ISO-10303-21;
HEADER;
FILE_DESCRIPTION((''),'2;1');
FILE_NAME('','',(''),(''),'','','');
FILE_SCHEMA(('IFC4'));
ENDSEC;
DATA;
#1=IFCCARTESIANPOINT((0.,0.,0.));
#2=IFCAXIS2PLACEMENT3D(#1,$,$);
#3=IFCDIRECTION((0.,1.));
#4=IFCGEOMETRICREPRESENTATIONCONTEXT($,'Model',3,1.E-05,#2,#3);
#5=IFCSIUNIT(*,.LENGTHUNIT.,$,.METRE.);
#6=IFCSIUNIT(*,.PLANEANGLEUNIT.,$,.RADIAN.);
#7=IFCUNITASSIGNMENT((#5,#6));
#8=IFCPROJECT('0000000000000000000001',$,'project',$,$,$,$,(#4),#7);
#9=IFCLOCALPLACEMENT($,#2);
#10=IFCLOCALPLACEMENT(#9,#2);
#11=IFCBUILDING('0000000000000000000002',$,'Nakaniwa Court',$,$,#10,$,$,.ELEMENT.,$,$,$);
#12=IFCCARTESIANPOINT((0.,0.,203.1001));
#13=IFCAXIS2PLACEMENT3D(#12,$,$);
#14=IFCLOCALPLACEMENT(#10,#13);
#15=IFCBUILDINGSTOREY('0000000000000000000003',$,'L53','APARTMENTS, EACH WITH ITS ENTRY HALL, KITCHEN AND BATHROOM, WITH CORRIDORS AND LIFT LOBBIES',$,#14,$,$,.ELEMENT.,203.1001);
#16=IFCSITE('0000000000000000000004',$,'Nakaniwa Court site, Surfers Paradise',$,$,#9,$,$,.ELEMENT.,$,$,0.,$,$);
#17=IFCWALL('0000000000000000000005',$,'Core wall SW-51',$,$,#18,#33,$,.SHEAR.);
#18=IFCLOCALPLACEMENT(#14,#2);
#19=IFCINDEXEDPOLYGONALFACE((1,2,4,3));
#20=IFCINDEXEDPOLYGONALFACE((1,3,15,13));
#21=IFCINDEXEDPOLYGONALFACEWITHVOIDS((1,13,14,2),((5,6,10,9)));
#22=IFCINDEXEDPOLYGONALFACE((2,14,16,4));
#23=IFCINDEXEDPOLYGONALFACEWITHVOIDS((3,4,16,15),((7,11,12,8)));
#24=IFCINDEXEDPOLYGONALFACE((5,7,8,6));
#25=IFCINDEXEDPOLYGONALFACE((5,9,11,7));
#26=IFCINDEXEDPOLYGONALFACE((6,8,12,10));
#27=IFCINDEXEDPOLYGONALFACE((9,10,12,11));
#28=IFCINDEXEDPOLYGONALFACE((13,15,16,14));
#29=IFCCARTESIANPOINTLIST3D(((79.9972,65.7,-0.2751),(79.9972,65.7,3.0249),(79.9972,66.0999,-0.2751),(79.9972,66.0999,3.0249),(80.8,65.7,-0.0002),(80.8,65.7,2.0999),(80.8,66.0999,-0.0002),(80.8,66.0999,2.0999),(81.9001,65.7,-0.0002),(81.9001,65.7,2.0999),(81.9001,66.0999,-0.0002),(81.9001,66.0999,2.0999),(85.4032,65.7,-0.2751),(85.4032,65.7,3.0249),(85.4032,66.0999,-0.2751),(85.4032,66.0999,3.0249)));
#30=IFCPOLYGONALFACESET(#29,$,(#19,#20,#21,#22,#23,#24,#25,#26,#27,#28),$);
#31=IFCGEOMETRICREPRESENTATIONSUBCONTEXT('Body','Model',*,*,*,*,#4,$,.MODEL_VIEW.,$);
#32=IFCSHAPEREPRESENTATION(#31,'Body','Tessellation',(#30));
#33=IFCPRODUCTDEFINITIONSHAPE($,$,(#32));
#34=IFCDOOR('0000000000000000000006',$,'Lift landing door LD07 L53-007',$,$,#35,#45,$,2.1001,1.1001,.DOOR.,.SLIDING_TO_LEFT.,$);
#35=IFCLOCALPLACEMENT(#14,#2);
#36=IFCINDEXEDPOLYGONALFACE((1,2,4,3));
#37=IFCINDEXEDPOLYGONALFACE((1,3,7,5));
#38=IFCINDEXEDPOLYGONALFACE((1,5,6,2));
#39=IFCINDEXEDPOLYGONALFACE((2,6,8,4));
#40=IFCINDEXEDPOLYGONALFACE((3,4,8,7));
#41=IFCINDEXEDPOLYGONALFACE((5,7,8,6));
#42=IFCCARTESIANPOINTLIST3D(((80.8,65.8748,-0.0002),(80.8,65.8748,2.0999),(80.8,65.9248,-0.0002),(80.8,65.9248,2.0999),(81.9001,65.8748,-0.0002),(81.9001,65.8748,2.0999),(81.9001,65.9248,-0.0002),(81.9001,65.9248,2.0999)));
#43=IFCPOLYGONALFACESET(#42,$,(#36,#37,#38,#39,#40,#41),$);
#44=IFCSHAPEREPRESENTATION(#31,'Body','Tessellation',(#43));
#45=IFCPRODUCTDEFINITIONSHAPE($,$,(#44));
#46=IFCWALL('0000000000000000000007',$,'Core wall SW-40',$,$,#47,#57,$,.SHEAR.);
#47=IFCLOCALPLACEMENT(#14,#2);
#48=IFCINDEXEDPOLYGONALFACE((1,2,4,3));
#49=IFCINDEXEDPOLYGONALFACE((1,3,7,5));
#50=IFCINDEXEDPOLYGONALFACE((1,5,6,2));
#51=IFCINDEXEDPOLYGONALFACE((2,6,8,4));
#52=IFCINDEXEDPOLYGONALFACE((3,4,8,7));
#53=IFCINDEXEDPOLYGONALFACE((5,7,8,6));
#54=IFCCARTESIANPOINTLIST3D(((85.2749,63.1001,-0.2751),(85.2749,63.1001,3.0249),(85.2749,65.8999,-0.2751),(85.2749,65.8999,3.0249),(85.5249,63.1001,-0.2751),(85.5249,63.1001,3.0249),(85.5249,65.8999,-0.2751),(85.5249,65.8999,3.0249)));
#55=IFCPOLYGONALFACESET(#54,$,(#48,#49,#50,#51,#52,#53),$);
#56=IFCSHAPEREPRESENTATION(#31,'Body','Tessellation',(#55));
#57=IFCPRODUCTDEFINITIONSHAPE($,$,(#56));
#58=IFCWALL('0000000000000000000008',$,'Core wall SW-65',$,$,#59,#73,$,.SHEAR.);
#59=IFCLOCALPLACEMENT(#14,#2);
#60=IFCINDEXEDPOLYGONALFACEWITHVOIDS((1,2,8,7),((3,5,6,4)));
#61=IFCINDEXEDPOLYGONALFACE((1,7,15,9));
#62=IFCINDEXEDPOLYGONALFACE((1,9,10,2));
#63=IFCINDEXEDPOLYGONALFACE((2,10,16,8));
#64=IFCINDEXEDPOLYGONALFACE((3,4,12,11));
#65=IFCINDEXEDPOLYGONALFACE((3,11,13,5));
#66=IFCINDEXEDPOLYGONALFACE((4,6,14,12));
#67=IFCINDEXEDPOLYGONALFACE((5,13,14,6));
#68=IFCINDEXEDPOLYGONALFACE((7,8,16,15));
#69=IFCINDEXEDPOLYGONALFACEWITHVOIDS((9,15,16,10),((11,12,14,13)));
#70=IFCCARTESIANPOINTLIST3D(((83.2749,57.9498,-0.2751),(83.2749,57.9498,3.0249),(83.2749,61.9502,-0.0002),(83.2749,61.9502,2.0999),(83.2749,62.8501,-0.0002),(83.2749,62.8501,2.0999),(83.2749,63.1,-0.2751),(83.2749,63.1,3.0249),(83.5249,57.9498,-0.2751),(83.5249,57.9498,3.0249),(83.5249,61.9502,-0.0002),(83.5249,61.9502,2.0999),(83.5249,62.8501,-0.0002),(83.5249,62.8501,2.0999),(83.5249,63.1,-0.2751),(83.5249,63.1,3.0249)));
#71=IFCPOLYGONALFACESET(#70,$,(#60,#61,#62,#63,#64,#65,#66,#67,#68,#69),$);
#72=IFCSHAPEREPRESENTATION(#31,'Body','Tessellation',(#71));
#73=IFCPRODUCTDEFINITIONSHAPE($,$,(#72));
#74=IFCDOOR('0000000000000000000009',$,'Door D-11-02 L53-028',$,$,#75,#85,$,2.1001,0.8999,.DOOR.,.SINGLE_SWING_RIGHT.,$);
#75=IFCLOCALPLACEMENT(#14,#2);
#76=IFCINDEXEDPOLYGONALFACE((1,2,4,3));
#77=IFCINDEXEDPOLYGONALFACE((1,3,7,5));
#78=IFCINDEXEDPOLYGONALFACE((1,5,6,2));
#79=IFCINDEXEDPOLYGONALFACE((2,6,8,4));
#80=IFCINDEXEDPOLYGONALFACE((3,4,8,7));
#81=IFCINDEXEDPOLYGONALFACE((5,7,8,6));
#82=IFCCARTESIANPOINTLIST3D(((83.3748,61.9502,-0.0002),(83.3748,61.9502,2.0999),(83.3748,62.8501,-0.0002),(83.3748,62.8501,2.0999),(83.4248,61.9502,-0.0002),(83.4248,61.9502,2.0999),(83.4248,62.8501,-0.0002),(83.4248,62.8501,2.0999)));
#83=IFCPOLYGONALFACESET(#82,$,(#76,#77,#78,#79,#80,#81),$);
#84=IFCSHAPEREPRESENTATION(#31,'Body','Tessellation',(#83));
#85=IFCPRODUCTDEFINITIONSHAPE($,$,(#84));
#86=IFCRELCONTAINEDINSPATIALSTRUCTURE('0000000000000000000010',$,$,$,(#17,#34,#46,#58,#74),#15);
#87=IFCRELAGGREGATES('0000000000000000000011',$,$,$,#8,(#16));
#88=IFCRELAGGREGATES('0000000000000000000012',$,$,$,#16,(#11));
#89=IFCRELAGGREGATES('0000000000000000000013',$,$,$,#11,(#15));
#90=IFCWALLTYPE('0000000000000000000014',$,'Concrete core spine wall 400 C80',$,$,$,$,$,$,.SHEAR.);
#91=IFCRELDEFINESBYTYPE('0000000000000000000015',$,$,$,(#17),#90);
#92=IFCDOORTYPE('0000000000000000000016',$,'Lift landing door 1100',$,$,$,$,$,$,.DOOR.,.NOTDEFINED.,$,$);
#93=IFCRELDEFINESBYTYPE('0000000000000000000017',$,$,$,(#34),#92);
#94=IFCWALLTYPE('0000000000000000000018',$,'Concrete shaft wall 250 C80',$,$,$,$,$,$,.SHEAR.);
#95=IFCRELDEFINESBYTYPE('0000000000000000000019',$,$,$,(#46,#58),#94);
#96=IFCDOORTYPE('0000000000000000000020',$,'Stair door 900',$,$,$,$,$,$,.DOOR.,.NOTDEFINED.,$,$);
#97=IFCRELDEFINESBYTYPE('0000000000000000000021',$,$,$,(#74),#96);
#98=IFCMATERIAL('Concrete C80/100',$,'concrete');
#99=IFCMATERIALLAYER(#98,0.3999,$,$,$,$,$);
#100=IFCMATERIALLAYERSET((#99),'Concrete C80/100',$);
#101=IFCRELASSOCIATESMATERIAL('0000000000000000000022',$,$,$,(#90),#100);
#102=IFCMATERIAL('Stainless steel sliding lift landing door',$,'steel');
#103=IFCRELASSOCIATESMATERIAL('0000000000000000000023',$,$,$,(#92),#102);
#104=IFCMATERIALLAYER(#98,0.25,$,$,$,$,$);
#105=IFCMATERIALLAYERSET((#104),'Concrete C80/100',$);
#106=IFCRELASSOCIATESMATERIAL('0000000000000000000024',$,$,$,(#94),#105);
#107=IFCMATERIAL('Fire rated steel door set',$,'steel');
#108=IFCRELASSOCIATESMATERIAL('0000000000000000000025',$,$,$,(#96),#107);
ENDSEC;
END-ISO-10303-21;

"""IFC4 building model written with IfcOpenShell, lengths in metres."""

from ifc_helpers import new_model, si_unit, direction, frame, frame_2d, origin, place, context, subcontext, project, spatial, rectangle, extrude, material, layer, layer_set, type_object, element, fill, save


model = new_model("IFC4")

# Units and contexts
model_context = context("Model", 3, precision=1e-05, world=origin(), true_north=direction((0.0, 1.0)))
body_context = subcontext(model_context, "Body", "Model", "MODEL_VIEW")
ifc_project = project(units=[si_unit("LENGTHUNIT", "METRE"), si_unit("PLANEANGLEUNIT", "RADIAN")], contexts=[model_context])

# Site, building, storey
site_placement = place(None, origin())
site = spatial("IfcSite", under=ifc_project, at=site_placement, Name="Nakaniwa Court site, Surfers Paradise", CompositionType="ELEMENT", RefElevation=0.0)
building_placement = place(site_placement, origin())
building = spatial("IfcBuilding", under=site, at=building_placement, Name="Nakaniwa Court", CompositionType="ELEMENT")
storey_placement = place(building_placement, frame((0.0, 0.0, 203.1001)))
storey = spatial("IfcBuildingStorey", under=building, at=storey_placement, Name="L53", Description="APARTMENTS, EACH WITH ITS ENTRY HALL, KITCHEN AND BATHROOM, WITH CORRIDORS AND LIFT LOBBIES", CompositionType="ELEMENT", Elevation=203.1001)

# Wall, opening, door
ifc_material_1 = material(Name="Fire rated steel door set", Category="steel")
ifc_material_2 = material(Name="Concrete C80/100", Category="concrete")
ifc_layer_1 = layer(ifc_material_2, 0.3999)
ifc_layer_set_1 = layer_set([ifc_layer_1], Name="Concrete C80/100")
wall_type_1 = type_object("IfcWallType", Name="Concrete core spine wall 400 C80", PredefinedType="SHEAR", material=ifc_layer_set_1)
wall_1_placement = place(storey_placement, frame((79.9971, 65.8999, -0.2751), z_axis=(0.0, 0.0, 1.0), x_axis=(1.0, 0.0, 0.0)))
wall_1 = element("IfcWall", 1, at=wall_1_placement, inside=storey, type_object=wall_type_1, Name="Core wall SW-51", PredefinedType="SHEAR", context=body_context, shape_type="SweptSolid", body=[
    extrude(rectangle(XDim=5.406, YDim=0.3999, at=frame_2d((2.7031, 0.0))), origin(), (0.0, 0.0, 1.0), 3.3),
])
opening_1_placement = place(wall_1_placement, frame((0.803, 0.0, 0.2749)))
opening_1 = element("IfcOpeningElement", 2, at=opening_1_placement, cuts=wall_1, PredefinedType="OPENING", context=body_context, shape_type="SweptSolid", body=[
    extrude(rectangle(XDim=1.1001, YDim=2.1001, at=frame_2d((0.55, 1.05))), frame((0.0, 0.21, 0.0), z_axis=(0.0, -1.0, 0.0), x_axis=(1.0, 0.0, 0.0)), (0.0, 0.0, 1.0), 0.4199),
])
ifc_material_3 = material(Name="Stainless steel sliding lift landing door", Category="steel")
door_type_1 = type_object("IfcDoorType", Name="Lift landing door 1100", OperationType="NOTDEFINED", PredefinedType="DOOR", material=ifc_material_3)
door_1_placement = place(opening_1_placement, origin())
door_1 = element("IfcDoor", 3, at=door_1_placement, inside=storey, type_object=door_type_1, Name="Lift landing door LD07 L53-007", OperationType="SLIDING_TO_LEFT", OverallHeight=2.1001, OverallWidth=1.1001, PredefinedType="DOOR", context=body_context, shape_type="SweptSolid", body=[
    extrude(rectangle(XDim=1.1001, YDim=2.1001, at=frame_2d((0.55, 1.05))), frame((0.0, 0.0249, 0.0), z_axis=(0.0, -1.0, 0.0), x_axis=(1.0, 0.0, 0.0)), (0.0, 0.0, 1.0), 0.05),
])
fill(opening_1, door_1)

# Wall
ifc_layer_2 = layer(ifc_material_2, 0.25)
ifc_layer_set_2 = layer_set([ifc_layer_2], Name="Concrete C80/100")
wall_type_2 = type_object("IfcWallType", Name="Concrete shaft wall 250 C80", PredefinedType="SHEAR", material=ifc_layer_set_2)
wall_2_placement = place(storey_placement, frame((85.3999, 63.1001, -0.2751), z_axis=(0.0, 0.0, 1.0), x_axis=(0.0, 1.0, 0.0)))
element("IfcWall", 4, at=wall_2_placement, inside=storey, type_object=wall_type_2, Name="Core wall SW-40", PredefinedType="SHEAR", context=body_context, shape_type="SweptSolid", body=[
    extrude(rectangle(XDim=2.7998, YDim=0.25, at=frame_2d((1.3999, 0.0))), origin(), (0.0, 0.0, 1.0), 3.3),
])

# Wall, opening, door
wall_3_placement = place(storey_placement, frame((83.3999, 63.1001, -0.2751), z_axis=(0.0, 0.0, 1.0), x_axis=(0.0, -1.0, 0.0)))
wall_3 = element("IfcWall", 5, at=wall_3_placement, inside=storey, type_object=wall_type_2, Name="Core wall SW-65", PredefinedType="SHEAR", context=body_context, shape_type="SweptSolid", body=[
    extrude(rectangle(XDim=5.1501, YDim=0.25, at=frame_2d((2.5752, 0.0))), origin(), (0.0, 0.0, 1.0), 3.3),
])
opening_2_placement = place(wall_3_placement, frame((0.25, 0.0, 0.2749)))
opening_2 = element("IfcOpeningElement", 6, at=opening_2_placement, cuts=wall_3, PredefinedType="OPENING", context=body_context, shape_type="SweptSolid", body=[
    extrude(rectangle(XDim=0.8999, YDim=2.1001, at=frame_2d((0.45, 1.05))), frame((0.0, 0.135, 0.0), z_axis=(0.0, -1.0, 0.0), x_axis=(1.0, 0.0, 0.0)), (0.0, 0.0, 1.0), 0.27),
])
door_type_2 = type_object("IfcDoorType", Name="Stair door 900", OperationType="NOTDEFINED", PredefinedType="DOOR", material=ifc_material_1)
door_2_placement = place(opening_2_placement, origin())
door_2 = element("IfcDoor", 7, at=door_2_placement, inside=storey, type_object=door_type_2, Name="Door D-11-02 L53-028", OperationType="SINGLE_SWING_RIGHT", OverallHeight=2.1001, OverallWidth=0.8999, PredefinedType="DOOR", context=body_context, shape_type="SweptSolid", body=[
    extrude(rectangle(XDim=0.8999, YDim=2.1001, at=frame_2d((0.45, 1.05))), frame((0.0, 0.0249, 0.0), z_axis=(0.0, -1.0, 0.0), x_axis=(1.0, 0.0, 0.0)), (0.0, 0.0, 1.0), 0.05),
])
fill(opening_2, door_2)

save(model, "model.ifc")
